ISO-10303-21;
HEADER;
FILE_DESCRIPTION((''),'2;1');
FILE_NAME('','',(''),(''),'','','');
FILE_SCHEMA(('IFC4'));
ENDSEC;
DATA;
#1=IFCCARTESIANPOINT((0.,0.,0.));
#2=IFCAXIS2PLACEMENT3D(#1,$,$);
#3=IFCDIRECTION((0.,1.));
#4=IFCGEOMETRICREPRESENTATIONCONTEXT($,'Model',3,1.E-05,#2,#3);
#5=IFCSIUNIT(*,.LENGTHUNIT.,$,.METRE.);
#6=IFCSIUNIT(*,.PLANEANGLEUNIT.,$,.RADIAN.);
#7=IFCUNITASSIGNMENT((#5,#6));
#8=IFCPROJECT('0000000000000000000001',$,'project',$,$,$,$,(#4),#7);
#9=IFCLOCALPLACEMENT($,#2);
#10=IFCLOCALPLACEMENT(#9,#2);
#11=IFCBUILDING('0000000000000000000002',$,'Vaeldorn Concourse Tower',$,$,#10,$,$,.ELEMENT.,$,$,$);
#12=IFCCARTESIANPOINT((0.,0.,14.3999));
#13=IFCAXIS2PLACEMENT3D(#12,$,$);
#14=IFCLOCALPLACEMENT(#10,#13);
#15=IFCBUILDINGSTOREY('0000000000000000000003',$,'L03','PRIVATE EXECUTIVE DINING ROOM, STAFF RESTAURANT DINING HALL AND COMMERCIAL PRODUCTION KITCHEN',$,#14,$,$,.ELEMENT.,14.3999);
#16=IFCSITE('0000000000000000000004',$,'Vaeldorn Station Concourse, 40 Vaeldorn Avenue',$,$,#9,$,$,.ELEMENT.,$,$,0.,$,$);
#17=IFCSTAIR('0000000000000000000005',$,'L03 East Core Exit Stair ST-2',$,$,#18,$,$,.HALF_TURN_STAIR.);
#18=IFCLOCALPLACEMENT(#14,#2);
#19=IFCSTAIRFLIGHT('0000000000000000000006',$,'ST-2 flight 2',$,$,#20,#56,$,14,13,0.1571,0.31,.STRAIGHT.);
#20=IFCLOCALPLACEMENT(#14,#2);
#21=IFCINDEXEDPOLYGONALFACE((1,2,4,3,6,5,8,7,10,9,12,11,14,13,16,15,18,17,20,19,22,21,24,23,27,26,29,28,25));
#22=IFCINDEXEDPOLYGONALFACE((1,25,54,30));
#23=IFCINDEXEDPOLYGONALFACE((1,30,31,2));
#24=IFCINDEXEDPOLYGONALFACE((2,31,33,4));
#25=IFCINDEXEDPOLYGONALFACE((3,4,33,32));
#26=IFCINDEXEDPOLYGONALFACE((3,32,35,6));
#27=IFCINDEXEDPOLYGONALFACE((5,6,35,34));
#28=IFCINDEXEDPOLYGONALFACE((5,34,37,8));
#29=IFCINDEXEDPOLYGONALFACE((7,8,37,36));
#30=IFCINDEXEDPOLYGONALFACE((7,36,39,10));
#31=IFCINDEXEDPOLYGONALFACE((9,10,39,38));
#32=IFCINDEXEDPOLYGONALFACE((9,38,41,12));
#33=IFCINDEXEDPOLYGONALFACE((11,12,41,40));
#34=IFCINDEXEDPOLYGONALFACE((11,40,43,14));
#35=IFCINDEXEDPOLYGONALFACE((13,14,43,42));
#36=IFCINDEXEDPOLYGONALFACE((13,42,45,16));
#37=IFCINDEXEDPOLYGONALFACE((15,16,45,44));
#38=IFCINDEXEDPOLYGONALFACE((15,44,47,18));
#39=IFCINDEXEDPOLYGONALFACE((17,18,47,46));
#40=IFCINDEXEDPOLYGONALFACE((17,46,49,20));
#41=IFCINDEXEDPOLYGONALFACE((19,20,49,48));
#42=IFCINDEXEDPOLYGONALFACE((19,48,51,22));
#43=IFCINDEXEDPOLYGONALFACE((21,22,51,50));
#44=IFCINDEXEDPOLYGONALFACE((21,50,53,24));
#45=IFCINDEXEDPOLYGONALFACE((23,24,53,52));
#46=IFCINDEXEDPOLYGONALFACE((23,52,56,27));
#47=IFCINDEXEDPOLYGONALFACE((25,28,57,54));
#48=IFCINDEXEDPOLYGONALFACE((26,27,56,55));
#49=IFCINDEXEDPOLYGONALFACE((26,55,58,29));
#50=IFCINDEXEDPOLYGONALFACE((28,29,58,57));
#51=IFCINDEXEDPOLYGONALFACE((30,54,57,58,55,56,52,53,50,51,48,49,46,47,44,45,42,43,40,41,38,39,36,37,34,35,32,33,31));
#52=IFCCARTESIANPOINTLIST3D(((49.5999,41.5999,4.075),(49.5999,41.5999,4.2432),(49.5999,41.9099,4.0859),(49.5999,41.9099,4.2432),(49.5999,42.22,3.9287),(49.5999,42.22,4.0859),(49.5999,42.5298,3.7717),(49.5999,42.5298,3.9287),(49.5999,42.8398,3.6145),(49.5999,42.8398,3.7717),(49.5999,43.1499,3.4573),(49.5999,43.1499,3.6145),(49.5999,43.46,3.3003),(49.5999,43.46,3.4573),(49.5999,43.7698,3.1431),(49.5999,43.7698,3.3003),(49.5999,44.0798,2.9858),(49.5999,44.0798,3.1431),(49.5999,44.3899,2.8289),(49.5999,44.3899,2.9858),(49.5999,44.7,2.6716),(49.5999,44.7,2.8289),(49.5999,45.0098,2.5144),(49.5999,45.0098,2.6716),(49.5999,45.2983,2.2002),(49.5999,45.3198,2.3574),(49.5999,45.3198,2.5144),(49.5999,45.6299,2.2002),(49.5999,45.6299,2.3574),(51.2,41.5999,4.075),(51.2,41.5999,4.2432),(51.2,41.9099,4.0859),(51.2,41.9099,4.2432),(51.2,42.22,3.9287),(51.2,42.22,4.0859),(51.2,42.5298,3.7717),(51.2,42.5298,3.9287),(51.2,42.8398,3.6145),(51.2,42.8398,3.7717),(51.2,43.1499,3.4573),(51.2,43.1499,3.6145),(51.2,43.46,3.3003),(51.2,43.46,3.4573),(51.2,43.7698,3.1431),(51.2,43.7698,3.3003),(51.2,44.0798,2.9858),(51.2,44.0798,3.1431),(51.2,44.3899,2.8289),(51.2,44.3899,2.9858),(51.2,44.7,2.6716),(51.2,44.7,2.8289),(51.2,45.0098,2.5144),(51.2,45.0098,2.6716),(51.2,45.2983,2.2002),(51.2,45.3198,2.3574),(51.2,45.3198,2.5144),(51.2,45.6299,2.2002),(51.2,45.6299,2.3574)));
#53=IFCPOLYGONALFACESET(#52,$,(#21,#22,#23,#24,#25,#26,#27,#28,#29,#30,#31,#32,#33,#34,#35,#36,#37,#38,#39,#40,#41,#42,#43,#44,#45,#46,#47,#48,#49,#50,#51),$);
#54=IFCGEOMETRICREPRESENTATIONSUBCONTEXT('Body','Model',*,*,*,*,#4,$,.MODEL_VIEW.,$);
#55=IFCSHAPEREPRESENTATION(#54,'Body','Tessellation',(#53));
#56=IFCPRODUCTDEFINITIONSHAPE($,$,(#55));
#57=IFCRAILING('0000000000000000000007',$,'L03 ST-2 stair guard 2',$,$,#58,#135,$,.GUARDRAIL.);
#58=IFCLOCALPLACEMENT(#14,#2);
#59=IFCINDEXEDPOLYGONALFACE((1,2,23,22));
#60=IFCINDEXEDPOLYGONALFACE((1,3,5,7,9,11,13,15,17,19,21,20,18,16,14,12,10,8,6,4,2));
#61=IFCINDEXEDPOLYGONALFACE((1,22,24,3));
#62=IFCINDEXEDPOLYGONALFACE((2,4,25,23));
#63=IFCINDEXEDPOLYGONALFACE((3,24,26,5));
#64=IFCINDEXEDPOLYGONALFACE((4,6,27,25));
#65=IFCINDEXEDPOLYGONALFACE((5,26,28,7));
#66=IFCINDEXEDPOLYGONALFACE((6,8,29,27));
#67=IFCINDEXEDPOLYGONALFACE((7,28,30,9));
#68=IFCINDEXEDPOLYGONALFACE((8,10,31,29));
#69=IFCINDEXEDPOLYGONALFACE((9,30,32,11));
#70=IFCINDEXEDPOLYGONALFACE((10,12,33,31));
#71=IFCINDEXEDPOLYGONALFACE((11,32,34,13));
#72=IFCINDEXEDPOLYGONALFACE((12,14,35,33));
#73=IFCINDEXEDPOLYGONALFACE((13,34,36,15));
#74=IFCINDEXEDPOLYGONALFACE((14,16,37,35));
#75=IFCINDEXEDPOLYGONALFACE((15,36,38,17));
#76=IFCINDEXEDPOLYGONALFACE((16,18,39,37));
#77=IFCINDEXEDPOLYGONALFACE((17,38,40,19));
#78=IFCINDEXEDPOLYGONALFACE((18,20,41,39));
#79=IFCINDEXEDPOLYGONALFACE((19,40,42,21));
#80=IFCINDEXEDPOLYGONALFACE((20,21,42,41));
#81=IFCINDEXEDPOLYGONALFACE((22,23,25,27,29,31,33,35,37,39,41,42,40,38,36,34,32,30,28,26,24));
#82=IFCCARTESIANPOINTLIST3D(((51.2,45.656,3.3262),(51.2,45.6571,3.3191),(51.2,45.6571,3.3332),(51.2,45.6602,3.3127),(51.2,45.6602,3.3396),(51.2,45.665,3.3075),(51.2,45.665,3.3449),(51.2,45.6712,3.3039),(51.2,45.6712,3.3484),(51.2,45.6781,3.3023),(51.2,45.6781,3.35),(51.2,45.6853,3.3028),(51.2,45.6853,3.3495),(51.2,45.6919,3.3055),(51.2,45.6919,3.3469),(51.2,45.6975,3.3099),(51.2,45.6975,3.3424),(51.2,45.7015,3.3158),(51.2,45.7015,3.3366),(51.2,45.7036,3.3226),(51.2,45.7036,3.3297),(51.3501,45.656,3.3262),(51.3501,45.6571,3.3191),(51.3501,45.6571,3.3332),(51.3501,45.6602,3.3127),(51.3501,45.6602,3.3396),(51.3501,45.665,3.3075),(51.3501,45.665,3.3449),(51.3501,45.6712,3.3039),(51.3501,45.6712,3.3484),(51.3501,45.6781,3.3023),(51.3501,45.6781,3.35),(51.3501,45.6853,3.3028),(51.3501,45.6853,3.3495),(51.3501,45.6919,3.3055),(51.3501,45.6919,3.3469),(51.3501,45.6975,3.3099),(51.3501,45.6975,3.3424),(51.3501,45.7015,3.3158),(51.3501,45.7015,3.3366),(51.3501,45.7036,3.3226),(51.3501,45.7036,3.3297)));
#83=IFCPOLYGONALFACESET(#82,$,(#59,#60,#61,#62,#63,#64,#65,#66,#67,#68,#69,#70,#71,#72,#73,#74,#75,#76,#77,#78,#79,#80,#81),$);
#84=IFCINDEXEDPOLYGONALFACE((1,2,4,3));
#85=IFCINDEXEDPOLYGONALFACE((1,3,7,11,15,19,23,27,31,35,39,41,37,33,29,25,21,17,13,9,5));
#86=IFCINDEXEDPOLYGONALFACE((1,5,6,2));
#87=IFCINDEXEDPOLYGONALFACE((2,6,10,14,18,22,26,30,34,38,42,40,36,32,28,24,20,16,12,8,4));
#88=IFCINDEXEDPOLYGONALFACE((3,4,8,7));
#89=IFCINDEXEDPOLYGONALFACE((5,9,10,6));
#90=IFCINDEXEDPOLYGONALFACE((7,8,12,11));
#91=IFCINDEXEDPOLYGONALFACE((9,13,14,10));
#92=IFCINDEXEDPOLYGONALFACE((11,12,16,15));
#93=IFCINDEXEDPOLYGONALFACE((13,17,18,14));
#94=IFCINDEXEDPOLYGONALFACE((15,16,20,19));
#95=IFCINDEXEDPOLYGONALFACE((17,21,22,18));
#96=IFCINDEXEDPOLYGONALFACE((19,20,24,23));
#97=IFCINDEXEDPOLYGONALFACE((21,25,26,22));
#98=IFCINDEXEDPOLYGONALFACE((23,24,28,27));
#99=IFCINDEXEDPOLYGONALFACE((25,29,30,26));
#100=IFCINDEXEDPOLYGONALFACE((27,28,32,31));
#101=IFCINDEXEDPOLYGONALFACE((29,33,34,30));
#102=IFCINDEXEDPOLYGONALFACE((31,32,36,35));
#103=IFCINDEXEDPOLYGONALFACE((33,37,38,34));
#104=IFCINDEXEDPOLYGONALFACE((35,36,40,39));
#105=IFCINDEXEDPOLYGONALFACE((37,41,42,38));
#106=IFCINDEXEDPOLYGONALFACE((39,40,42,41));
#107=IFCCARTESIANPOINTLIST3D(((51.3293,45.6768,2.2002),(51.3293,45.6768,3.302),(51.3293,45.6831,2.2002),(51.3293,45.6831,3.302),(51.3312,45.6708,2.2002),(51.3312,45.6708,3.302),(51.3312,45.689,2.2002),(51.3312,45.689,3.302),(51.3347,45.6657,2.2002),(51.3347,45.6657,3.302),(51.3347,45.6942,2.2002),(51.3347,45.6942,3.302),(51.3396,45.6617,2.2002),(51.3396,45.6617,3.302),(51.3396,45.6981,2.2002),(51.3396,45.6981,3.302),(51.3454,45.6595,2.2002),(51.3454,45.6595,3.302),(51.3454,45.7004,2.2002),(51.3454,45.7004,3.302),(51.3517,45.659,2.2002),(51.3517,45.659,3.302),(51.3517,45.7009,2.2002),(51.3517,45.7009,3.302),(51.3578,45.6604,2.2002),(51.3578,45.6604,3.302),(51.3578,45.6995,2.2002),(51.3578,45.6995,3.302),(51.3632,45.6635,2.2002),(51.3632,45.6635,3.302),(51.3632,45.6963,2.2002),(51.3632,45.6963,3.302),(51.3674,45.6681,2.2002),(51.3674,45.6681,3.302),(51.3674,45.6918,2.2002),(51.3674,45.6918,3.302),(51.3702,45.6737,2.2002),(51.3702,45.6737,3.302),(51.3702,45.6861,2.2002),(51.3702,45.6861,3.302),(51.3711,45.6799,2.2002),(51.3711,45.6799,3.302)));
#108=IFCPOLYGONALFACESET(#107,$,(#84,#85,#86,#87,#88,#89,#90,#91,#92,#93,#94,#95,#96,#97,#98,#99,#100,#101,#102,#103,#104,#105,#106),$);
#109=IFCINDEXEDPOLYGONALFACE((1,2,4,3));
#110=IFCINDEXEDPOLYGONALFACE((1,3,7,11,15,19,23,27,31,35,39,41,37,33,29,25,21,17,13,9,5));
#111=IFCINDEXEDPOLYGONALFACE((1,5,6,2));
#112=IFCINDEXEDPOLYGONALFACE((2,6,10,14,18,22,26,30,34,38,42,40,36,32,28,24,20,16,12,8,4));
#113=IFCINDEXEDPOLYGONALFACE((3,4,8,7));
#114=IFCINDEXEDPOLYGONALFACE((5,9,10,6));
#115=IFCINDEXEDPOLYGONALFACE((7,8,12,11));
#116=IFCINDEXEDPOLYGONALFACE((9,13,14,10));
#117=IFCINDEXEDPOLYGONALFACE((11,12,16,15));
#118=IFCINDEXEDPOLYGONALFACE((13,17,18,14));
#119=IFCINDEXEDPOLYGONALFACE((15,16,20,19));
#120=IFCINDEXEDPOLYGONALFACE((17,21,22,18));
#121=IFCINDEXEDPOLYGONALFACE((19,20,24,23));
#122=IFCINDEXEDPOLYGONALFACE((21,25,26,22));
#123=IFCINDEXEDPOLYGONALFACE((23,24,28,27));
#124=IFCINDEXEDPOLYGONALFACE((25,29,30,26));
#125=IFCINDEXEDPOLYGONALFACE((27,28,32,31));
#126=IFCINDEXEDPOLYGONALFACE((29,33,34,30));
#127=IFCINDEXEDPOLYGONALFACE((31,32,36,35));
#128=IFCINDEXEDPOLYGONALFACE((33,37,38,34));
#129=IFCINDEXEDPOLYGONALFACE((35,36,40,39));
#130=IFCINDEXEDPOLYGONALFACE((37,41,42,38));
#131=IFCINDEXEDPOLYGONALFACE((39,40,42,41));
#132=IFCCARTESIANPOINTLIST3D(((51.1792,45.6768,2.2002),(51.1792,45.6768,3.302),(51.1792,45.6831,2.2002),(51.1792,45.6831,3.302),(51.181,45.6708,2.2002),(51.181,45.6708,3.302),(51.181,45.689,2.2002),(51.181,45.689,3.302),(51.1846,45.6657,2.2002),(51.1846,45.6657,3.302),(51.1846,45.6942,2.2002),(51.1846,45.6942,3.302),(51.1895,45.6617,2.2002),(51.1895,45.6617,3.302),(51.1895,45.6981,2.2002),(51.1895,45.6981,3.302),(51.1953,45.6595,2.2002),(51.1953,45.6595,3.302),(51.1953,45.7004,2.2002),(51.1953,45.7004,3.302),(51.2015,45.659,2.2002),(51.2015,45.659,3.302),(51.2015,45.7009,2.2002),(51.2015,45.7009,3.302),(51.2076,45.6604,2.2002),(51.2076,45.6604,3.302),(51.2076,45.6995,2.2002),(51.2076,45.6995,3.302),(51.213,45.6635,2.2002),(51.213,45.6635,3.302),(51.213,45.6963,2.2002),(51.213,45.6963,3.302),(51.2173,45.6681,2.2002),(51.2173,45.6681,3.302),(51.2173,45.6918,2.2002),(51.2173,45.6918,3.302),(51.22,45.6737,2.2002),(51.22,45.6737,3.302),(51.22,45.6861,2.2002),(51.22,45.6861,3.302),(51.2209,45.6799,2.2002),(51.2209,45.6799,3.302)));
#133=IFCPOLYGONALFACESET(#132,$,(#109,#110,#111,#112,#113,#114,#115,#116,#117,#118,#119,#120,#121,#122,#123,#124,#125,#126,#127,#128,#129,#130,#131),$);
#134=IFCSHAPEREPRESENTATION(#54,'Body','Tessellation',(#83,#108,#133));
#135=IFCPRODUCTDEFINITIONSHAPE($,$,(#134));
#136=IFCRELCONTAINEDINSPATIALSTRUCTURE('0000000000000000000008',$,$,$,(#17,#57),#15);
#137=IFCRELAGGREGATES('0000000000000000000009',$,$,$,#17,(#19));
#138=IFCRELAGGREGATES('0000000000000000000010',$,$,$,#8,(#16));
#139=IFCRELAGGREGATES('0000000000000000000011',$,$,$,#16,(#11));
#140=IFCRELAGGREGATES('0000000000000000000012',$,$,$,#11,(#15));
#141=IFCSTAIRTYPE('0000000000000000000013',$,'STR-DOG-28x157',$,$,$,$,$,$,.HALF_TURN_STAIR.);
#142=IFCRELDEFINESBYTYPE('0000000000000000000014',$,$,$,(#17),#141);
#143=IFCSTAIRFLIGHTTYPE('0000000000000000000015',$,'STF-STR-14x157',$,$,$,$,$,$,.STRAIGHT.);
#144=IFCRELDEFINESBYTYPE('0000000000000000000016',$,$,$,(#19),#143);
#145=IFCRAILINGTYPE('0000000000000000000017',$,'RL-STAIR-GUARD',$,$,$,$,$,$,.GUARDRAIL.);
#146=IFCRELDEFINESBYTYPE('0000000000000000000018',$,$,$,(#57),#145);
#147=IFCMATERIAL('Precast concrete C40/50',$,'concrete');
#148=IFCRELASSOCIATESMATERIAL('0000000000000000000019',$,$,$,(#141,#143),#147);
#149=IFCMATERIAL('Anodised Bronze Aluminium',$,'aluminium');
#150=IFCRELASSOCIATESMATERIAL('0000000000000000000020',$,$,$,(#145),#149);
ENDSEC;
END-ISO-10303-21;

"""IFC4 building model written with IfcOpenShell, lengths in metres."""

from ifc_helpers import new_model, si_unit, direction, frame, origin, origin_2d, place, context, subcontext, project, spatial, polyline, circle, outline, extrude, material, type_object, element, aggregate, save


model = new_model("IFC4")

# Units and contexts
model_context = context("Model", 3, precision=1e-05, world=origin(), true_north=direction((0.0, 1.0)))
body_context = subcontext(model_context, "Body", "Model", "MODEL_VIEW")
ifc_project = project(units=[si_unit("LENGTHUNIT", "METRE"), si_unit("PLANEANGLEUNIT", "RADIAN")], contexts=[model_context])

# Site, building, storey
site_placement = place(None, origin())
site = spatial("IfcSite", under=ifc_project, at=site_placement, Name="Vaeldorn Station Concourse, 40 Vaeldorn Avenue", CompositionType="ELEMENT", RefElevation=0.0)
building_placement = place(site_placement, origin())
building = spatial("IfcBuilding", under=site, at=building_placement, Name="Vaeldorn Concourse Tower", CompositionType="ELEMENT")
storey_placement = place(building_placement, frame((0.0, 0.0, 14.3999)))
storey = spatial("IfcBuildingStorey", under=building, at=storey_placement, Name="L03", Description="PRIVATE EXECUTIVE DINING ROOM, STAFF RESTAURANT DINING HALL AND COMMERCIAL PRODUCTION KITCHEN", CompositionType="ELEMENT", Elevation=14.3999)

# Shared definitions
ifc_material_1 = material(Name="Anodised Bronze Aluminium", Category="aluminium")

# Stair, stair flight
ifc_material_2 = material(Name="Precast concrete C40/50", Category="concrete")
stair_type = type_object("IfcStairType", Name="STR-DOG-28x157", PredefinedType="HALF_TURN_STAIR", material=ifc_material_2)
stair_placement = place(storey_placement, origin())
stair = element("IfcStair", 1, at=stair_placement, inside=storey, type_object=stair_type, Name="L03 East Core Exit Stair ST-2", PredefinedType="HALF_TURN_STAIR")
stair_flight_type = type_object("IfcStairFlightType", Name="STF-STR-14x157", PredefinedType="STRAIGHT", material=ifc_material_2)
stair_flight_placement = place(storey_placement, frame((50.3999, 45.6299, 2.2002), z_axis=(0.0, 0.0, 1.0), x_axis=(0.0, -1.0, 0.0)))
stair_flight = element("IfcStairFlight", 2, at=stair_flight_placement, type_object=stair_flight_type, Name="ST-2 flight 2", NumberOfRisers=14, NumberOfTreads=13, PredefinedType="STRAIGHT", RiserHeight=0.1571, TreadLength=0.31, context=body_context, shape_type="SweptSolid", body=[
    extrude(outline(polyline([(0.0, 0.0), (0.0, 0.1572), (0.3101, 0.1572), (0.3101, 0.3142), (0.6201, 0.3142), (0.6201, 0.4714), (0.9299, 0.4714), (0.9299, 0.6287), (1.24, 0.6287), (1.24, 0.7856), (1.55, 0.7856), (1.55, 0.9429), (1.8601, 0.9429), (1.8601, 1.1001), (2.1699, 1.1001), (2.1699, 1.2571), (2.48, 1.2571), (2.48, 1.4143), (2.79, 1.4143), (2.79, 1.5715), (3.1001, 1.5715), (3.1001, 1.7285), (3.4099, 1.7285), (3.4099, 1.8857), (3.72, 1.8857), (3.72, 2.043), (4.03, 2.043), (4.03, 2.2), (4.03, 1.8748), (0.3315, 0.0), (0.0, 0.0)])), frame((0.0, 0.8, 0.0), z_axis=(0.0, -1.0, 0.0), x_axis=(1.0, 0.0, 0.0)), (0.0, 0.0, 1.0), 1.6001),
])
aggregate(stair, [stair_flight])

# Railing
railing_type_1 = type_object("IfcRailingType", Name="RL-STAIR-GUARD", PredefinedType="GUARDRAIL", material=ifc_material_1)
railing_1_placement = place(storey_placement, frame((51.3501, 45.6799, 2.2002)))
element("IfcRailing", 3, at=railing_1_placement, inside=storey, type_object=railing_type_1, Name="L03 ST-2 stair guard 2", PredefinedType="GUARDRAIL", context=body_context, shape_type="SweptSolid", body=[
    extrude(circle(Radius=0.0239, at=origin_2d()), frame((0.0, 0.0, 1.126), z_axis=(-1.0, 0.0, 0.0), x_axis=(0.0, -1.0, 0.0)), (0.0, 0.0, 1.0), 0.1501),
    extrude(circle(Radius=0.021, at=origin_2d()), origin(), (0.0, 0.0, 1.0), 1.1018),
    extrude(circle(Radius=0.021, at=origin_2d()), frame((-0.1501, 0.0, 0.0)), (0.0, 0.0, 1.0), 1.1018),
])

save(model, "model.ifc")
